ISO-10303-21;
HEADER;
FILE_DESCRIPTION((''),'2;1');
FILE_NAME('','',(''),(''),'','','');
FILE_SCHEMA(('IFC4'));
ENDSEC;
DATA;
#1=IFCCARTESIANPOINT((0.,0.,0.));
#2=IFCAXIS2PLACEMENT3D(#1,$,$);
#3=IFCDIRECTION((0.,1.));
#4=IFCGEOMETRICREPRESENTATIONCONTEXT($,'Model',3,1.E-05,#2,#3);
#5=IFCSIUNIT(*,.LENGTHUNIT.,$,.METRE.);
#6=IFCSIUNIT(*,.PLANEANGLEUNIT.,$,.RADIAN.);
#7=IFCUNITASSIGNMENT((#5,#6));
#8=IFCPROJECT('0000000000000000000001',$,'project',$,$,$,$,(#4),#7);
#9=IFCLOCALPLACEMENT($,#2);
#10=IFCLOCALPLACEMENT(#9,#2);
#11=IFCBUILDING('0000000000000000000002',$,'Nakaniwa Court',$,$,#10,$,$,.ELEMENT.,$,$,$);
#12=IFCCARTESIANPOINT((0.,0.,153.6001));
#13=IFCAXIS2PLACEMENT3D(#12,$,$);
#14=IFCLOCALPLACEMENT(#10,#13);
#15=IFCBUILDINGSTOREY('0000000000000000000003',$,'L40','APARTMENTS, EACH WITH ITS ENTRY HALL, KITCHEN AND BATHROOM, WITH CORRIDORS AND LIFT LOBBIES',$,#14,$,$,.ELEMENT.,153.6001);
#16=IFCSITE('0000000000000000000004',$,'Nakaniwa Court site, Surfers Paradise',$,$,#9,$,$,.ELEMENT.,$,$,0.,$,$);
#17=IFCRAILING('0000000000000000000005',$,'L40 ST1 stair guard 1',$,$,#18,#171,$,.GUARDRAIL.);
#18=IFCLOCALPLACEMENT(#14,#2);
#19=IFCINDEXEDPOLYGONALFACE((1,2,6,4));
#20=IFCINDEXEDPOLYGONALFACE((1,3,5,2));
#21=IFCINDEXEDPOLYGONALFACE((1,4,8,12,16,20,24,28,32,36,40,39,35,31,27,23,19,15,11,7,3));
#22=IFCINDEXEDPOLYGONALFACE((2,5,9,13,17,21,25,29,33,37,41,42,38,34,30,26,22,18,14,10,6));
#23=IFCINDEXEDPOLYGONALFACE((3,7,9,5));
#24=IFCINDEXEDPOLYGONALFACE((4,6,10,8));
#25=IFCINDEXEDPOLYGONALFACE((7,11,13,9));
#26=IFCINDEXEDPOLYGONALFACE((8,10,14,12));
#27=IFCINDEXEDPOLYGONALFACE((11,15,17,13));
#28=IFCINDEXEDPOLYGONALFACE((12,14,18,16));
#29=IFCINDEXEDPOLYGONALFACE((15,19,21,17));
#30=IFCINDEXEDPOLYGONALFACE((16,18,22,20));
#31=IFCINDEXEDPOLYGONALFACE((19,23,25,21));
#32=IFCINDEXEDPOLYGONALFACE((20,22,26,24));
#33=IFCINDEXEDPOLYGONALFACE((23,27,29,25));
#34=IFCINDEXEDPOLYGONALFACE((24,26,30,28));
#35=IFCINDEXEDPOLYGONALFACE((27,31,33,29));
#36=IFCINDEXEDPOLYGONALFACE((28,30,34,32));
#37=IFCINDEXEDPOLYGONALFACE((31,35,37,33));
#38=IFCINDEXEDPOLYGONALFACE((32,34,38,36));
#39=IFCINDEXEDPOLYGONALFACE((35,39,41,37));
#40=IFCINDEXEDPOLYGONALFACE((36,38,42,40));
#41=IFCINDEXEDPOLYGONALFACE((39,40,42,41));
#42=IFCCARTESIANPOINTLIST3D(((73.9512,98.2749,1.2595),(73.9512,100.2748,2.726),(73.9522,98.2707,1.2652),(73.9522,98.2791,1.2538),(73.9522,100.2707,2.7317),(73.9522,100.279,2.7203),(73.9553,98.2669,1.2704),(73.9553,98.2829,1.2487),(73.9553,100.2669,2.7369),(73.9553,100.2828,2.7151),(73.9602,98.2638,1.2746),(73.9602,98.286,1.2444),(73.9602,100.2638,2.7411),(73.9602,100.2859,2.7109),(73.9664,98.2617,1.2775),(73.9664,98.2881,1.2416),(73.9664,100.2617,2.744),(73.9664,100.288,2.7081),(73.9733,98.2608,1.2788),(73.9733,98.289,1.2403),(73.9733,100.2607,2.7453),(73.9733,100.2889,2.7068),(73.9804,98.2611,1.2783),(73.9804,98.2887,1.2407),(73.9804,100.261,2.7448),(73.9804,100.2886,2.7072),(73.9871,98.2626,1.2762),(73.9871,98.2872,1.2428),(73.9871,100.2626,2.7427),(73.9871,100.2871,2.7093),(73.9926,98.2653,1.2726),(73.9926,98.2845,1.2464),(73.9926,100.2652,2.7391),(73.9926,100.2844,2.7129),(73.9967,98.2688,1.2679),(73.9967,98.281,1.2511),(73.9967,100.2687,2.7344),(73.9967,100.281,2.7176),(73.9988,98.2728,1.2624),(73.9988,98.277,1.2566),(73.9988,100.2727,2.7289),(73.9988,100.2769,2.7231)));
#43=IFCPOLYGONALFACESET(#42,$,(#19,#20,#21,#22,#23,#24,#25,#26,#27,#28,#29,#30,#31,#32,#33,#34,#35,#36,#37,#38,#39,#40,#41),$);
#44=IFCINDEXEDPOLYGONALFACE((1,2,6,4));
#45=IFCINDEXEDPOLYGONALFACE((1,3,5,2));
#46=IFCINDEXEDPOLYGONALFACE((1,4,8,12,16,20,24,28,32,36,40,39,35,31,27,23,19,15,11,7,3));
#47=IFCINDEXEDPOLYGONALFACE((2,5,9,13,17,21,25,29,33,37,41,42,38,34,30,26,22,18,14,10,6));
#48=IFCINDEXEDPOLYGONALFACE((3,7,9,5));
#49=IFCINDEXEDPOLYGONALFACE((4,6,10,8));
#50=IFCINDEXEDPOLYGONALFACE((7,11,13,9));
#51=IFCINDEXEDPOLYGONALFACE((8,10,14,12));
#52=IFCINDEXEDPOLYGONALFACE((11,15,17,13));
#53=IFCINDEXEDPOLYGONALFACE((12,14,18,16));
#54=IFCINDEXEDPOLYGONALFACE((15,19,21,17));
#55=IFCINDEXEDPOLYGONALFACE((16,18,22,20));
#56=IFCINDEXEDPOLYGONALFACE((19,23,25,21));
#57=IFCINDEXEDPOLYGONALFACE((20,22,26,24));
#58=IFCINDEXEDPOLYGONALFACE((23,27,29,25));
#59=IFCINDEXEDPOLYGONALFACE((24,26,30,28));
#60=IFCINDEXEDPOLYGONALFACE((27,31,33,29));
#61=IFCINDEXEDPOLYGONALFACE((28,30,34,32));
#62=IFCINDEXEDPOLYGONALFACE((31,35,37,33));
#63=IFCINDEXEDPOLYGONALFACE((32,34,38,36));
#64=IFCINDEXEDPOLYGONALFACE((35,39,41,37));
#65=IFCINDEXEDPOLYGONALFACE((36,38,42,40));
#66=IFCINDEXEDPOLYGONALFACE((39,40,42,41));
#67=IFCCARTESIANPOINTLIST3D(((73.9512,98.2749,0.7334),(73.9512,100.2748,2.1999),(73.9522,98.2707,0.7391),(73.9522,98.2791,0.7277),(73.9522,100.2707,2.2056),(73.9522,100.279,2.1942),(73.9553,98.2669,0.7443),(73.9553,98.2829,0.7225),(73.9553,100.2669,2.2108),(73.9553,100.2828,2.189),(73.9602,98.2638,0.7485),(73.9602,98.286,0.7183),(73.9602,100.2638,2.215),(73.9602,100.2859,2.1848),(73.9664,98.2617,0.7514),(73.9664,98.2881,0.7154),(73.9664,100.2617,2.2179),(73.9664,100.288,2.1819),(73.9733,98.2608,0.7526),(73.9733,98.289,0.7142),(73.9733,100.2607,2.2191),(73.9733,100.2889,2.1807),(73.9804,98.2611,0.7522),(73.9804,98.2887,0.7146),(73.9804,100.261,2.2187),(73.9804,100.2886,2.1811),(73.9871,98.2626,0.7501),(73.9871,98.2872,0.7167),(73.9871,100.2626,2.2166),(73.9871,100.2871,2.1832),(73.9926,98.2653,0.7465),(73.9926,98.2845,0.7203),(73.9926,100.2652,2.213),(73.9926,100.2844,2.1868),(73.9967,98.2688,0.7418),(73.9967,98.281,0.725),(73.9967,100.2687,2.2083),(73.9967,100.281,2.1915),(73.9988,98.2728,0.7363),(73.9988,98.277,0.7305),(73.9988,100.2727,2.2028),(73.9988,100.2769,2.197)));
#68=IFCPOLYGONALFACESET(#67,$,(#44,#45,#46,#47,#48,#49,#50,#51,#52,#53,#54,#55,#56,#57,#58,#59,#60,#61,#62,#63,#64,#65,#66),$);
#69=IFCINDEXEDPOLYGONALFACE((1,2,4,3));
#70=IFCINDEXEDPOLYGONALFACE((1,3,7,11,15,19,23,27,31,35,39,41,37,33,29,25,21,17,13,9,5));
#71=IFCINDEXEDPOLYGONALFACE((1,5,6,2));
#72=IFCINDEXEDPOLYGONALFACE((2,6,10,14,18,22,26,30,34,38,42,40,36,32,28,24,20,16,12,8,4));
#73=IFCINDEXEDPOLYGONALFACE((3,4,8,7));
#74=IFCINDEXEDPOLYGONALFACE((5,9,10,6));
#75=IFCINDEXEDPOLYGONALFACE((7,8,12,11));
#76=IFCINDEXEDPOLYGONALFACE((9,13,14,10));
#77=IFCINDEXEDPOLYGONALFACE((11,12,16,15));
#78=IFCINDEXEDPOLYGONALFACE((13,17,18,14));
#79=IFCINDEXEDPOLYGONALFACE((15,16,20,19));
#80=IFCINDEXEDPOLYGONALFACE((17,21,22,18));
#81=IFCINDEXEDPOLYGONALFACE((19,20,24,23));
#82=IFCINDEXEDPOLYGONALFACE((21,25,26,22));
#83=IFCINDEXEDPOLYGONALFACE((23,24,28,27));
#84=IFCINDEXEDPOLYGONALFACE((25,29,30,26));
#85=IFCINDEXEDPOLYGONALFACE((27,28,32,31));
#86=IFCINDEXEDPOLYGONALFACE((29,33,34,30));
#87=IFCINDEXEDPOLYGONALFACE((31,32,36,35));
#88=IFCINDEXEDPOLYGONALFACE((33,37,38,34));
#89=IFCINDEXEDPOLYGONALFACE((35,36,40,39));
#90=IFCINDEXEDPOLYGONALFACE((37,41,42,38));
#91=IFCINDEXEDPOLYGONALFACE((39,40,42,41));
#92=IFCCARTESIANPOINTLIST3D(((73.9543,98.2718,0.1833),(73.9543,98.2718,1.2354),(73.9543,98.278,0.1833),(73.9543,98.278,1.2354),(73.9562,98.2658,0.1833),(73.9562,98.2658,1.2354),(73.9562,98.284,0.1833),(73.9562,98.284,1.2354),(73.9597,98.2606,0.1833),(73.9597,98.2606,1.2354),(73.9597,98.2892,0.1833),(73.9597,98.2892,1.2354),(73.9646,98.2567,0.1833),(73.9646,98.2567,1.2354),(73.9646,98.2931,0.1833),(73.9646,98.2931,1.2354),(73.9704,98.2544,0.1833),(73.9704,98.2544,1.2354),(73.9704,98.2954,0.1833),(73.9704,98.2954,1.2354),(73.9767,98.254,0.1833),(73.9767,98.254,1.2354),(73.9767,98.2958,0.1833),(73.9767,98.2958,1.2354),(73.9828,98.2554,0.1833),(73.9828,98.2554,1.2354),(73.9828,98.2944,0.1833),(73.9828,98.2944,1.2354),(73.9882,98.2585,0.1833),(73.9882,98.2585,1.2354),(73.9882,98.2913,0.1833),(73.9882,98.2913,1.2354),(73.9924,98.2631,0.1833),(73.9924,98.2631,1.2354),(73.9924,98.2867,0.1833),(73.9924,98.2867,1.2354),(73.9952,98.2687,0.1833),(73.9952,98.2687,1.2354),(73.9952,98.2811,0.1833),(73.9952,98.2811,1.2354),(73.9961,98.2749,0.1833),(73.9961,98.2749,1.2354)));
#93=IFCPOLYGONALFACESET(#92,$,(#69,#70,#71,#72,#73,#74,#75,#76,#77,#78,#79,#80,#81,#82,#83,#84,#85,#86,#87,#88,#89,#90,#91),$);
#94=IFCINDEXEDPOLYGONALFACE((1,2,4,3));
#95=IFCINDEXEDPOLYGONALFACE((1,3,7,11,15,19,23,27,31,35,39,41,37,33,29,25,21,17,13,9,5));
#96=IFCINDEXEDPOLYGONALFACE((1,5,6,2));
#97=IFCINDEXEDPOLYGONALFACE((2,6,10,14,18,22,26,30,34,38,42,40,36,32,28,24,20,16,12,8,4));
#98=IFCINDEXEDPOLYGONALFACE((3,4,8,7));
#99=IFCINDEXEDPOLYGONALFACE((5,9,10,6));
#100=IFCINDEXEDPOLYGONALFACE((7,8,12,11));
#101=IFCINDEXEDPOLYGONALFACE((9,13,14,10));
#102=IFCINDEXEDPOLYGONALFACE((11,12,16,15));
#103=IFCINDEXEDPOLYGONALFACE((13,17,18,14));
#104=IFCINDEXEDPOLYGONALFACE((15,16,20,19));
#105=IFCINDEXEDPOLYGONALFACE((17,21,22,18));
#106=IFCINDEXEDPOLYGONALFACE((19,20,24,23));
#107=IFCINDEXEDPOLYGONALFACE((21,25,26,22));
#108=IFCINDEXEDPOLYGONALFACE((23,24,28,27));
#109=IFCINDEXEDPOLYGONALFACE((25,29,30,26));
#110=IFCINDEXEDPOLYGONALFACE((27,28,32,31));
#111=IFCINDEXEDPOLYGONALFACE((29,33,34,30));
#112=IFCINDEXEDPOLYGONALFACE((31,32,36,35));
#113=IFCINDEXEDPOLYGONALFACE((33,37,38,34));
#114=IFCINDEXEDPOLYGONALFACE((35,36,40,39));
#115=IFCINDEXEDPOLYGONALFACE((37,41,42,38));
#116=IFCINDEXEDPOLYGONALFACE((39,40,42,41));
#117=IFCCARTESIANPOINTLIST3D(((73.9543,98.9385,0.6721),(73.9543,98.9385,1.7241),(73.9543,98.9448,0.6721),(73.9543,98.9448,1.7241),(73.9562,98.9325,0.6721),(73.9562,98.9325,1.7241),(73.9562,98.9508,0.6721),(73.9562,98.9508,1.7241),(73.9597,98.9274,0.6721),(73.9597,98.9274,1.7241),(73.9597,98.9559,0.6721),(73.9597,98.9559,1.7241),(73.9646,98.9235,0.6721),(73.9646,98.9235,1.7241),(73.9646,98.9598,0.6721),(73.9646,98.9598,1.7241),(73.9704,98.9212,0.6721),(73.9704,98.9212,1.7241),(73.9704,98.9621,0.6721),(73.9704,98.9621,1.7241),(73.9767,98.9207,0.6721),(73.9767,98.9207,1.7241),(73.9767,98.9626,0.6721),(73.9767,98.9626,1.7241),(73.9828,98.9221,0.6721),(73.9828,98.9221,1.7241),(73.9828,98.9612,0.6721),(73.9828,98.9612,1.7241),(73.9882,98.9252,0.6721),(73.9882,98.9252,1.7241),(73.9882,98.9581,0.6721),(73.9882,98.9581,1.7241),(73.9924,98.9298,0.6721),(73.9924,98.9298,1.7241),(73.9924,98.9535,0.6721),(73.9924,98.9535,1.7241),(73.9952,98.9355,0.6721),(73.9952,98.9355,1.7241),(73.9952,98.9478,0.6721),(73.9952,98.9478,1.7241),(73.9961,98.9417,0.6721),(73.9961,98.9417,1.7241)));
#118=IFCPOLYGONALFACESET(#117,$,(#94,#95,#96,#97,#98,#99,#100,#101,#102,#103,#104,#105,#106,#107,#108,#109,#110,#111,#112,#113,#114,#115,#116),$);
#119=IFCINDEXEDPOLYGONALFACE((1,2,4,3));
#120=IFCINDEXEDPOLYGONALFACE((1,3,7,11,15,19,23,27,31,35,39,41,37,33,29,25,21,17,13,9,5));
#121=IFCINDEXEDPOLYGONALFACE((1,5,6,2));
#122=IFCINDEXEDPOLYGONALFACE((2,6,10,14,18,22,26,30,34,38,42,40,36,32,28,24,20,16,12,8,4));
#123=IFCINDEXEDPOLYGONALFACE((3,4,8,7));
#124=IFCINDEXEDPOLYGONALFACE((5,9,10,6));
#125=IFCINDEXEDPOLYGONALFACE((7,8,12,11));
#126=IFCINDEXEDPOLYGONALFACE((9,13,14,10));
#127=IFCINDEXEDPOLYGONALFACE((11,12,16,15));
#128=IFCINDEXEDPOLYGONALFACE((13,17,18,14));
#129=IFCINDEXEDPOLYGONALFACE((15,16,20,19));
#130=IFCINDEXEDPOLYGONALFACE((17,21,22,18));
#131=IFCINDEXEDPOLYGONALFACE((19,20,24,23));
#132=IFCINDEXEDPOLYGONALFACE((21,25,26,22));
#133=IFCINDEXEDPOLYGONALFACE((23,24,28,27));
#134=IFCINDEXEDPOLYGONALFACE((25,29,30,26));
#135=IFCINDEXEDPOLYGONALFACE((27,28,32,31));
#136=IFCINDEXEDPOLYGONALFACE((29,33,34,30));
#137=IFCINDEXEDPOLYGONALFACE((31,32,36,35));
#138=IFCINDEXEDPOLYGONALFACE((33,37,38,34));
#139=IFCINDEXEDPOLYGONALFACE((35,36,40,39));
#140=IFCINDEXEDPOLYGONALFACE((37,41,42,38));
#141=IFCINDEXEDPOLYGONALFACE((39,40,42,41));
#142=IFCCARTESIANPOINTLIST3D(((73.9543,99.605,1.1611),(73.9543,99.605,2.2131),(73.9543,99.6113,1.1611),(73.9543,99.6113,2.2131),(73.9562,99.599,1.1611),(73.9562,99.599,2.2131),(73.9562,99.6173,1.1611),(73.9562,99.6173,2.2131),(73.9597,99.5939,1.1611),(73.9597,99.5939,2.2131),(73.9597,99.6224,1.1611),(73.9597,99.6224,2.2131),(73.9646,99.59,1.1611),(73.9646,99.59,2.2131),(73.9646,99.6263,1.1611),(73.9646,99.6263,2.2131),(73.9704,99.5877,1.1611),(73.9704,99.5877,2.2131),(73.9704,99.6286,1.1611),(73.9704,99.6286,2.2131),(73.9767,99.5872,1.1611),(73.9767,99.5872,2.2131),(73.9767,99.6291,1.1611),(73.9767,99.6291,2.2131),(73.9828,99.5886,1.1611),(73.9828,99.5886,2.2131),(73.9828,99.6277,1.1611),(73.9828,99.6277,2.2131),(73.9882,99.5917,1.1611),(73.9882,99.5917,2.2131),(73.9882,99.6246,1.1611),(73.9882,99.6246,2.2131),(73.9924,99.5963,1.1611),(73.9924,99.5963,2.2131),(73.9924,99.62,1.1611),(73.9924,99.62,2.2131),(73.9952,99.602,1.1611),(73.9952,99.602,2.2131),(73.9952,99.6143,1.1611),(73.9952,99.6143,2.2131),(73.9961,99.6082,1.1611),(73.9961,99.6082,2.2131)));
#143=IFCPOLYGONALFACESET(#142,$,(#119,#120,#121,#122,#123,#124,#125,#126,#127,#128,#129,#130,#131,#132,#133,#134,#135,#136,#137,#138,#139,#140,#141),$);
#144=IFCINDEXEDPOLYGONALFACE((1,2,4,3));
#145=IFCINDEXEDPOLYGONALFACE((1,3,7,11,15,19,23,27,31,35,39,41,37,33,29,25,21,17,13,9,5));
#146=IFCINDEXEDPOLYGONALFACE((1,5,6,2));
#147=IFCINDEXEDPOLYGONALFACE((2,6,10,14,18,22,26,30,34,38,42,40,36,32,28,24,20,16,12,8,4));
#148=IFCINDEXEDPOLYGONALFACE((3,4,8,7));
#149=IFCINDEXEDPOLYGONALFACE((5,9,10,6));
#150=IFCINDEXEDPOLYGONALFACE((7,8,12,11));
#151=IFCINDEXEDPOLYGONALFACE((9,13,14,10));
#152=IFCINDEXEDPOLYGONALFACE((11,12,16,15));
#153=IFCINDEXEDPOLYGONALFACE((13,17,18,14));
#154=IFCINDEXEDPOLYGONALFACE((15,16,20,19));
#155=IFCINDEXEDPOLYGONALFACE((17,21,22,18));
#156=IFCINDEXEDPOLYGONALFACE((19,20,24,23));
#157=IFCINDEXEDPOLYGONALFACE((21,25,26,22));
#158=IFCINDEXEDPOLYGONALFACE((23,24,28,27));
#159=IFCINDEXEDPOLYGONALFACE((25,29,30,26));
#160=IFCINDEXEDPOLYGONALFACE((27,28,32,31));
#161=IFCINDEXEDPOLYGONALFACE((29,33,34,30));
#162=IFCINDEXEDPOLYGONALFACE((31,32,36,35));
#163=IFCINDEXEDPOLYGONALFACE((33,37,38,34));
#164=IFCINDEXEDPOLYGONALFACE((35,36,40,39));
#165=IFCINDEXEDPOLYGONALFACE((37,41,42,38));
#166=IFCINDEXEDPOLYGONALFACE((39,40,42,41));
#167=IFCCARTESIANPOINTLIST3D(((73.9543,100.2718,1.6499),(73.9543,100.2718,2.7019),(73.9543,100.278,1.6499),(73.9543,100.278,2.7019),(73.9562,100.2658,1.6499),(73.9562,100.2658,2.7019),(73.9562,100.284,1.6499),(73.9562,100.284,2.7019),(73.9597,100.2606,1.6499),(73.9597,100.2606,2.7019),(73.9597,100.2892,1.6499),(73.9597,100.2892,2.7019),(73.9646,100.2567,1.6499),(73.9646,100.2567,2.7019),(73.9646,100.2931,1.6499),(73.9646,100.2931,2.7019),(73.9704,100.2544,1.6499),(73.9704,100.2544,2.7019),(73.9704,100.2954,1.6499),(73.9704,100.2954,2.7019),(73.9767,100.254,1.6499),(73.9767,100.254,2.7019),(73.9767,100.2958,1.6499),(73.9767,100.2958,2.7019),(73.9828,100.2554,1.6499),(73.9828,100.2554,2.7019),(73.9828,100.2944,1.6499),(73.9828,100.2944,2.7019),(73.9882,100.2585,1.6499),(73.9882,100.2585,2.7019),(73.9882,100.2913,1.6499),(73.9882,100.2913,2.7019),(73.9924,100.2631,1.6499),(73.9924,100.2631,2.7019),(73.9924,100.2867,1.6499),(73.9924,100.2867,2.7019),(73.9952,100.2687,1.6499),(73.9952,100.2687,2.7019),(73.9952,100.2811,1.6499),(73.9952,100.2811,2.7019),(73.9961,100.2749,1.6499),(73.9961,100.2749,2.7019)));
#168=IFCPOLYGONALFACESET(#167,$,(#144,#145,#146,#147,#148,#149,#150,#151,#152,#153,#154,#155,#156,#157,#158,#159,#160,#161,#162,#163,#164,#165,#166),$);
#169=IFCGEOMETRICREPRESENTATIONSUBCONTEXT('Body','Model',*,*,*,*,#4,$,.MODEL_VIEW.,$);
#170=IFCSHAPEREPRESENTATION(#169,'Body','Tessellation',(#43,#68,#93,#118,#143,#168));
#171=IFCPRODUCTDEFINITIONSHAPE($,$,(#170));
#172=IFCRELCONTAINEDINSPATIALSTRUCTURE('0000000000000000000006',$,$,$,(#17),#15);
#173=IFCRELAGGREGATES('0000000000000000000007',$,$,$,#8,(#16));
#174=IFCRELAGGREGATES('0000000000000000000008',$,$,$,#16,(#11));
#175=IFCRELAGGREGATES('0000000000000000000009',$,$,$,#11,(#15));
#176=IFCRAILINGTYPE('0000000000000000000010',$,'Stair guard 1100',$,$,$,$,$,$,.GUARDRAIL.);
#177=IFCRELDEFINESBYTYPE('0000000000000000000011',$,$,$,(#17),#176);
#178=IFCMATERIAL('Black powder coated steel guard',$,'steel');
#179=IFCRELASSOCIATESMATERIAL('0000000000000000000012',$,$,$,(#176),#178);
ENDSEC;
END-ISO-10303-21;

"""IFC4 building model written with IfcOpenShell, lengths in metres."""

from ifc_helpers import new_model, si_unit, direction, frame, origin, origin_2d, place, context, subcontext, project, spatial, circle, extrude, material, type_object, element, save


model = new_model("IFC4")

# Units and contexts
model_context = context("Model", 3, precision=1e-05, world=origin(), true_north=direction((0.0, 1.0)))
body_context = subcontext(model_context, "Body", "Model", "MODEL_VIEW")
ifc_project = project(units=[si_unit("LENGTHUNIT", "METRE"), si_unit("PLANEANGLEUNIT", "RADIAN")], contexts=[model_context])

# Site, building, storey
site_placement = place(None, origin())
site = spatial("IfcSite", under=ifc_project, at=site_placement, Name="Nakaniwa Court site, Surfers Paradise", CompositionType="ELEMENT", RefElevation=0.0)
building_placement = place(site_placement, origin())
building = spatial("IfcBuilding", under=site, at=building_placement, Name="Nakaniwa Court", CompositionType="ELEMENT")
storey_placement = place(building_placement, frame((0.0, 0.0, 153.6001)))
storey = spatial("IfcBuildingStorey", under=building, at=storey_placement, Name="L40", Description="APARTMENTS, EACH WITH ITS ENTRY HALL, KITCHEN AND BATHROOM, WITH CORRIDORS AND LIFT LOBBIES", CompositionType="ELEMENT", Elevation=153.6001)

# Railing
ifc_material_1 = material(Name="Black powder coated steel guard", Category="steel")
railing_type_1 = type_object("IfcRailingType", Name="Stair guard 1100", PredefinedType="GUARDRAIL", material=ifc_material_1)
railing_1_placement = place(storey_placement, frame((73.9751, 98.2749, 0.1833)))
element("IfcRailing", 1, at=railing_1_placement, inside=storey, type_object=railing_type_1, Name="L40 ST1 stair guard 1", PredefinedType="GUARDRAIL", context=body_context, shape_type="SweptSolid", body=[
    extrude(circle(Radius=0.0239, at=origin_2d()), frame((0.0, 0.0, 1.0762), z_axis=(0.0, 0.806427, 0.591334), x_axis=(-1.0, 0.0, 0.0)), (0.0, 0.0, 1.0), 2.48),
    extrude(circle(Radius=0.0239, at=origin_2d()), frame((0.0, 0.0, 0.55), z_axis=(0.0, 0.806427, 0.591334), x_axis=(-1.0, 0.0, 0.0)), (0.0, 0.0, 1.0), 2.48),
    extrude(circle(Radius=0.021, at=origin_2d()), origin(), (0.0, 0.0, 1.0), 1.052),
    extrude(circle(Radius=0.021, at=origin_2d()), frame((0.0, 0.6667, 0.4888)), (0.0, 0.0, 1.0), 1.052),
    extrude(circle(Radius=0.021, at=origin_2d()), frame((0.0, 1.3333, 0.9778)), (0.0, 0.0, 1.0), 1.052),
    extrude(circle(Radius=0.021, at=origin_2d()), frame((0.0, 2.0, 1.4666)), (0.0, 0.0, 1.0), 1.052),
])

save(model, "model.ifc")
